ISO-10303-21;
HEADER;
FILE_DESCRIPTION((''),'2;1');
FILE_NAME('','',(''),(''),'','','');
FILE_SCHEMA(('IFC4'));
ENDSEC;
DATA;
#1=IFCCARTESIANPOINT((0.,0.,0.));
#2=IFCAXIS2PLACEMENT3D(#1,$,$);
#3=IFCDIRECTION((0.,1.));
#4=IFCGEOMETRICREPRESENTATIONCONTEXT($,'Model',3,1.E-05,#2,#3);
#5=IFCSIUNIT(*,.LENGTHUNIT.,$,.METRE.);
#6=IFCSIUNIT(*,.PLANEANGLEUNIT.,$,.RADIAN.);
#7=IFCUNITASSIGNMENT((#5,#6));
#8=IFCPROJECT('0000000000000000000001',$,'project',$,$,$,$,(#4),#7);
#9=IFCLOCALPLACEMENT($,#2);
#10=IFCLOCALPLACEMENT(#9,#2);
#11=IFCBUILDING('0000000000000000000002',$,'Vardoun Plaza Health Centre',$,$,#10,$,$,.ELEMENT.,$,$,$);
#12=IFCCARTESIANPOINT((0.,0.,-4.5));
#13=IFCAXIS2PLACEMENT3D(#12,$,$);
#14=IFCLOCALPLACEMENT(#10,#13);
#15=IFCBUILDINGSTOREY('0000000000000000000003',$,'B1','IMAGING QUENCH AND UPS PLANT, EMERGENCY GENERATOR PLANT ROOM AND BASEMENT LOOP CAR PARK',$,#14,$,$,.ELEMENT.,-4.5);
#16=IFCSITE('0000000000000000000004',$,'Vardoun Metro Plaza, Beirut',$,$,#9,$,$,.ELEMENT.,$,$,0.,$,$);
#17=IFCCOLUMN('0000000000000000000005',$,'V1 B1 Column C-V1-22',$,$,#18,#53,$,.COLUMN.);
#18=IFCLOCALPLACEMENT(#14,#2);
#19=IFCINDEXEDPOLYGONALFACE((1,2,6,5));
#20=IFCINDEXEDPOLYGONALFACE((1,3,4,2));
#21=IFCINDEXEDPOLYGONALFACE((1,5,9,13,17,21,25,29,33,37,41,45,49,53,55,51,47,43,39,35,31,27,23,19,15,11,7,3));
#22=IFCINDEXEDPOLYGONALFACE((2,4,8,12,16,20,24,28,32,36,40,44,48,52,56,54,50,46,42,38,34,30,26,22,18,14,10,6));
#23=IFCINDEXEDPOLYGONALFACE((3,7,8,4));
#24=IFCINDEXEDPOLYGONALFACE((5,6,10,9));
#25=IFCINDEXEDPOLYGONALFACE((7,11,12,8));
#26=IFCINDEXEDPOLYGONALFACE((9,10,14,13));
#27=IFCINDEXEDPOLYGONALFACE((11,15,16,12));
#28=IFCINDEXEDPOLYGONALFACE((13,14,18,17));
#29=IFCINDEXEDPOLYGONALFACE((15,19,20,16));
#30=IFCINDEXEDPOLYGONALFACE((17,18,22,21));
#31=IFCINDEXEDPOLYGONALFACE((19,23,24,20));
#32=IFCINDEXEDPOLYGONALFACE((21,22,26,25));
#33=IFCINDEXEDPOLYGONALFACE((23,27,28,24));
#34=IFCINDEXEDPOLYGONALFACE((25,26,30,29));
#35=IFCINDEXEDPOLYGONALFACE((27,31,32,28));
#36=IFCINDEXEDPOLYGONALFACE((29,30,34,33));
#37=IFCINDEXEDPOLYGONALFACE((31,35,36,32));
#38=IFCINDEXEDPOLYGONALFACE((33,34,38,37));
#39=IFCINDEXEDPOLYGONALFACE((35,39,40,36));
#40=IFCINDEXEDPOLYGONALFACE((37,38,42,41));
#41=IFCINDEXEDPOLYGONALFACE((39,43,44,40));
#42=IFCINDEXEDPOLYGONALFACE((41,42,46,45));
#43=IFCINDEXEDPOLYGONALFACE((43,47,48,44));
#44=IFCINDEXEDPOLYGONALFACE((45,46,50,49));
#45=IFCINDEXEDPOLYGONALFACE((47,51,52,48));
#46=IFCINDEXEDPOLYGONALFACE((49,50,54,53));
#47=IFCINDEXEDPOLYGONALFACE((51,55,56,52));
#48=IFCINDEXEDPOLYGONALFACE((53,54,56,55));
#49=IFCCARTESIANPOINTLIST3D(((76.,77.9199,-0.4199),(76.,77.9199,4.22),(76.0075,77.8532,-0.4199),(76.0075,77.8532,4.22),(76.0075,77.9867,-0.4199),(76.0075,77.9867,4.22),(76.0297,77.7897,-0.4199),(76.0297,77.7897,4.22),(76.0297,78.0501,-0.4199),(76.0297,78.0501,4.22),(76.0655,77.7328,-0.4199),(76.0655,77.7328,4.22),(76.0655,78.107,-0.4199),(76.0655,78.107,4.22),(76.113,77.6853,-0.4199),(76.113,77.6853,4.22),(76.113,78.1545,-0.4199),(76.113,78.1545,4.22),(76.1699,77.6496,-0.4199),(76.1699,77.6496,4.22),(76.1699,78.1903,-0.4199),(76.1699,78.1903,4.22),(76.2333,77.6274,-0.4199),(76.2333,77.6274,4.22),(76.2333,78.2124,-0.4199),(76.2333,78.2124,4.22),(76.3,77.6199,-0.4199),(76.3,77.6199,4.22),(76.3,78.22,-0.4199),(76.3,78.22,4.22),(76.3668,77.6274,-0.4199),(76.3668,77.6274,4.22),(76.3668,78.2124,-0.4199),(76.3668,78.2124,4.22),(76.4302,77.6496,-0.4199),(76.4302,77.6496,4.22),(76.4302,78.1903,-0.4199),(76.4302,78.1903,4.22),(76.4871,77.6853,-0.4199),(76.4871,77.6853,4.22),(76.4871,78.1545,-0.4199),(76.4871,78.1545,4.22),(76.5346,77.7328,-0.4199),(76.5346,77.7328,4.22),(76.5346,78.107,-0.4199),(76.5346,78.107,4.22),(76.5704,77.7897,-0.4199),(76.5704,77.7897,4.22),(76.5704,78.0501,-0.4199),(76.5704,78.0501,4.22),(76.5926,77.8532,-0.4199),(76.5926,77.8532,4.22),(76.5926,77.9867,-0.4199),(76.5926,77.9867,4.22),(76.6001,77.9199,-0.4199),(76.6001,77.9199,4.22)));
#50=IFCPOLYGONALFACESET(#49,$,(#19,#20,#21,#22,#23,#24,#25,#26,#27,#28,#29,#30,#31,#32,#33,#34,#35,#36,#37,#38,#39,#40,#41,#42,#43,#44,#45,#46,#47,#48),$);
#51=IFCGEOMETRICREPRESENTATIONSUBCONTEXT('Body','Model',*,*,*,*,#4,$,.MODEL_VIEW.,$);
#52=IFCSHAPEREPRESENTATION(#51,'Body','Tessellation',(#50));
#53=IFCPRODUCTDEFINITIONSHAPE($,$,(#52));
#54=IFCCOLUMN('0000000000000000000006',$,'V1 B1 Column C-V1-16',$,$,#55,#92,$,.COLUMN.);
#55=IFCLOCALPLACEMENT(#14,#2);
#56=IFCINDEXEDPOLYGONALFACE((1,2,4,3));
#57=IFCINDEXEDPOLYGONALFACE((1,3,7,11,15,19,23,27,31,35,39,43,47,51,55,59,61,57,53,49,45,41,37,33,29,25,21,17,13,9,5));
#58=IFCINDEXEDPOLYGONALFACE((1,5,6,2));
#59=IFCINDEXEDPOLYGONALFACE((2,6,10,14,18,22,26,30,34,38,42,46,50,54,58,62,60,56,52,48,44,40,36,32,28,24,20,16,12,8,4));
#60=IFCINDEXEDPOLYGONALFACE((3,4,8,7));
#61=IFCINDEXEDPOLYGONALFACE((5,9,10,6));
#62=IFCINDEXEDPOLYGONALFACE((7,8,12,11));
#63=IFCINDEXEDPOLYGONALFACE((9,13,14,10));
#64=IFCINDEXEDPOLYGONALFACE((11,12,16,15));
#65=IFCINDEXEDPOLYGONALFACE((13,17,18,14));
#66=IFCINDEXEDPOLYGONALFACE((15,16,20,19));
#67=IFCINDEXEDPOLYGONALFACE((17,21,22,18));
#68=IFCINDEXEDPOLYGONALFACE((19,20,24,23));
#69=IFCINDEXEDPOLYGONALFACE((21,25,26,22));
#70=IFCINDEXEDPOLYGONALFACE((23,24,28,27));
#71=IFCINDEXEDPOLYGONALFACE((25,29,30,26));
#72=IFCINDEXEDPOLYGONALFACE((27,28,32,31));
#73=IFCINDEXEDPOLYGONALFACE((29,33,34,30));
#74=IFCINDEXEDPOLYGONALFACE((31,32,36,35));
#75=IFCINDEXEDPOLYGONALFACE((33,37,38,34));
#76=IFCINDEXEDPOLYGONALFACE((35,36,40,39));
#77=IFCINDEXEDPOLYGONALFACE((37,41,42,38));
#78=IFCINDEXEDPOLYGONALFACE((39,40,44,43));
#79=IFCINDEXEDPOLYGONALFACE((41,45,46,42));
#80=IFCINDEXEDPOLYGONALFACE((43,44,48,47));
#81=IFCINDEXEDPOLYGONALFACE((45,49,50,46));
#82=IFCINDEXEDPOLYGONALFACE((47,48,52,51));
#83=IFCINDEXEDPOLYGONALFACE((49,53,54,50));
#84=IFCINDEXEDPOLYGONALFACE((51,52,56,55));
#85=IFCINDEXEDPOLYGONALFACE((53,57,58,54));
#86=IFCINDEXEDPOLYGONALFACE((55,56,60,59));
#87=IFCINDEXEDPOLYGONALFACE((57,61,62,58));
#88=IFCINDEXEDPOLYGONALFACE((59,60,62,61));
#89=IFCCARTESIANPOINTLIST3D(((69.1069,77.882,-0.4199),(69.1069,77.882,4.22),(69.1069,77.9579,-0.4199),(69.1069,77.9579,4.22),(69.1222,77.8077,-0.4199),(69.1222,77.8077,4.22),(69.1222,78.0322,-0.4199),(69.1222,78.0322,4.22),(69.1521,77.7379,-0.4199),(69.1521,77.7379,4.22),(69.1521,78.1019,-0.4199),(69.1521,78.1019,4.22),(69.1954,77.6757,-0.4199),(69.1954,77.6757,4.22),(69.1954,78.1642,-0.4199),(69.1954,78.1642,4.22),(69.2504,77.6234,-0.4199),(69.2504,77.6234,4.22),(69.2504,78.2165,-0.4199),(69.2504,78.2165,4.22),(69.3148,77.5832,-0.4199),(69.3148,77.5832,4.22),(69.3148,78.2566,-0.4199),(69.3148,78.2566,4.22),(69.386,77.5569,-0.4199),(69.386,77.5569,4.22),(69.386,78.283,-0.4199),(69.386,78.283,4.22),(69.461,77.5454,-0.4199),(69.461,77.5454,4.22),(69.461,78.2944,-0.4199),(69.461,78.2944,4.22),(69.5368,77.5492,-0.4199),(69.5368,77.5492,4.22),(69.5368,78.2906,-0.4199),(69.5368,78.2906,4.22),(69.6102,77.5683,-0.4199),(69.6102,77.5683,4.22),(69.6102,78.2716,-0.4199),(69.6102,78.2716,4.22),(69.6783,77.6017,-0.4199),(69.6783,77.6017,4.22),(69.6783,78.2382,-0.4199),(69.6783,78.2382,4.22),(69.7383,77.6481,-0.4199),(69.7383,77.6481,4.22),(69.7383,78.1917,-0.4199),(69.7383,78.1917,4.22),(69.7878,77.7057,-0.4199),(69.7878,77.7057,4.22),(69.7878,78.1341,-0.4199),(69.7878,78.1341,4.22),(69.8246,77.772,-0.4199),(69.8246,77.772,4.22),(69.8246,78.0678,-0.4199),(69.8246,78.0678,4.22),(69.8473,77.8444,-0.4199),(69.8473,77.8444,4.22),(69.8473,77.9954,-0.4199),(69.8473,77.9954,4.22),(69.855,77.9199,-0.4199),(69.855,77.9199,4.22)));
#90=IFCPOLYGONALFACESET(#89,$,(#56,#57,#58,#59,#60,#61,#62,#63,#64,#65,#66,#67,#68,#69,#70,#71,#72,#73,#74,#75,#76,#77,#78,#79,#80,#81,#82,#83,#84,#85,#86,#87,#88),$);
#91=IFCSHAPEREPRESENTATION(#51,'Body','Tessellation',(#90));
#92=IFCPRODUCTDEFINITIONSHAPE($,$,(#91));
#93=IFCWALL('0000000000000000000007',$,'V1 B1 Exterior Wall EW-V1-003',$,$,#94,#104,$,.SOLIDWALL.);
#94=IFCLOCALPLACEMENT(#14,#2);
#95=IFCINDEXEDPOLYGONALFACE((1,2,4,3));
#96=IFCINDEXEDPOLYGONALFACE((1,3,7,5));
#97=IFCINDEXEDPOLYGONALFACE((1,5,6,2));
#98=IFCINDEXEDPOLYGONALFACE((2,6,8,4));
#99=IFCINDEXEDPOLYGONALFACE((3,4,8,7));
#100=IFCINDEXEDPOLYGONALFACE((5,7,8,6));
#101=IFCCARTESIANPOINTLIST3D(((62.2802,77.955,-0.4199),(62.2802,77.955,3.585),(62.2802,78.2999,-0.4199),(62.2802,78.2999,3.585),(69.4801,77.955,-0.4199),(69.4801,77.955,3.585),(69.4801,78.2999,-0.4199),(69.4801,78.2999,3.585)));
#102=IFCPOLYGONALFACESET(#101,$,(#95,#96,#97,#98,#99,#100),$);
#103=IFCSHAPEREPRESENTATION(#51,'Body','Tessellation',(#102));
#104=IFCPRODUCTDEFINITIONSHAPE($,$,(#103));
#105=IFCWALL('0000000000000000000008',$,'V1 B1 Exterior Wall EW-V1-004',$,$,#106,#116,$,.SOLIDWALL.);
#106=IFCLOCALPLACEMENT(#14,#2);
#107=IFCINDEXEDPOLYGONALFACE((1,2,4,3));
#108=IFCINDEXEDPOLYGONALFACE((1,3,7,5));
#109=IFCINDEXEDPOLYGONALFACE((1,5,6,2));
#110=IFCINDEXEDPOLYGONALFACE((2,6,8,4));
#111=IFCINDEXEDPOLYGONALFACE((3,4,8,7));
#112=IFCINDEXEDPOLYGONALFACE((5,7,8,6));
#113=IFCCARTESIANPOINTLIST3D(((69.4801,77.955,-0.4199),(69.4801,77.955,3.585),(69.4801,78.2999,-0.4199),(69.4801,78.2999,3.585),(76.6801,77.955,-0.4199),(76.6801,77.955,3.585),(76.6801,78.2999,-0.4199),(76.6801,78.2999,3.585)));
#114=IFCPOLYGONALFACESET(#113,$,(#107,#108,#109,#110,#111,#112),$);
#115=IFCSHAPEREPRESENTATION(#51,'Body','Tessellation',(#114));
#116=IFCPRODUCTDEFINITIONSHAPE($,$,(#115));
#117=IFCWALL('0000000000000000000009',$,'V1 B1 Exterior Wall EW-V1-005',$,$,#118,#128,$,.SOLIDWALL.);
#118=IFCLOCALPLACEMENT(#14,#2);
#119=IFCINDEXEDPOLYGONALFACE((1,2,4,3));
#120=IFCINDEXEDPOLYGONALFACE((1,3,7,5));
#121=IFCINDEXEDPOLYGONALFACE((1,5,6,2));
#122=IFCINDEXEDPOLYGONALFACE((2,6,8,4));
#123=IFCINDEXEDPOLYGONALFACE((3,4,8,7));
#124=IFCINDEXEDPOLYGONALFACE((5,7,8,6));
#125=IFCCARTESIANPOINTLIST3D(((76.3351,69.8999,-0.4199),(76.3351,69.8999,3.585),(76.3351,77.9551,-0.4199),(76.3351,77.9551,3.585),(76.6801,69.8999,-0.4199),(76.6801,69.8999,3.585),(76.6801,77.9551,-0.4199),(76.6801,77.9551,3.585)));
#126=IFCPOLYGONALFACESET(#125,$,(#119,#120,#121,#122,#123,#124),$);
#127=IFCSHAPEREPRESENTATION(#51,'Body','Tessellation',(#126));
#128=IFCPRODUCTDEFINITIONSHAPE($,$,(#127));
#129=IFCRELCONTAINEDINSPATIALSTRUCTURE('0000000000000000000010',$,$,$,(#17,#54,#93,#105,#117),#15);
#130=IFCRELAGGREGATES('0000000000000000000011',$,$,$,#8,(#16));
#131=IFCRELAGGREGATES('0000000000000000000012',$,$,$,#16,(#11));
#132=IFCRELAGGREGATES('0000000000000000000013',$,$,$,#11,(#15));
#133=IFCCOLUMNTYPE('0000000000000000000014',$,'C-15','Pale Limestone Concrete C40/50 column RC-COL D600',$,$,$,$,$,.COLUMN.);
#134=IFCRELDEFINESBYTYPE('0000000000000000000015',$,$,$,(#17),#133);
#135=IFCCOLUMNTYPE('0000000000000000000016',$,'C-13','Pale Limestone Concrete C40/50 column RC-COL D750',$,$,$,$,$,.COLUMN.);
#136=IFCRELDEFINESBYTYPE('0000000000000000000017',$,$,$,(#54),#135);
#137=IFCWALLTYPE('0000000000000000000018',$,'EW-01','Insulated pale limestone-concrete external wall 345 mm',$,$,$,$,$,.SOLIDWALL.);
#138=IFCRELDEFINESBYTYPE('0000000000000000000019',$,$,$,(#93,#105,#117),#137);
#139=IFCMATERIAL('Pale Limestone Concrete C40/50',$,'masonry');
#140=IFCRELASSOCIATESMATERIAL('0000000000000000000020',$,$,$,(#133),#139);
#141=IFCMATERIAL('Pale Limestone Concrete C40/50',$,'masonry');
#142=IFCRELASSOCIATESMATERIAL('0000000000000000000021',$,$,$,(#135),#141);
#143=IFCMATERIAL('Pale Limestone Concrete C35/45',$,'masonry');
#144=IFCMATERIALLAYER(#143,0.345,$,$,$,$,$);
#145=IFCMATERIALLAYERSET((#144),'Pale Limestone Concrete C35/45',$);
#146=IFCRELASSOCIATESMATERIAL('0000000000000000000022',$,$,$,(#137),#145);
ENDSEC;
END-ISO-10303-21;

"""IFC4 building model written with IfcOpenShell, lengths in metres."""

from ifc_helpers import new_model, si_unit, direction, frame, frame_2d, origin, origin_2d, place, context, subcontext, project, spatial, rectangle, circle, extrude, material, layer, layer_set, material_profile, profile_set, type_object, element, save


model = new_model("IFC4")

# Units and contexts
model_context = context("Model", 3, precision=1e-05, world=origin(), true_north=direction((0.0, 1.0)))
body_context = subcontext(model_context, "Body", "Model", "MODEL_VIEW")
ifc_project = project(units=[si_unit("LENGTHUNIT", "METRE"), si_unit("PLANEANGLEUNIT", "RADIAN")], contexts=[model_context])

# Site, building, storey
site_placement = place(None, origin())
site = spatial("IfcSite", under=ifc_project, at=site_placement, Name="Vardoun Metro Plaza, Beirut", CompositionType="ELEMENT", RefElevation=0.0)
building_placement = place(site_placement, origin())
building = spatial("IfcBuilding", under=site, at=building_placement, Name="Vardoun Plaza Health Centre", CompositionType="ELEMENT")
storey_placement = place(building_placement, frame((0.0, 0.0, -4.5)))
storey = spatial("IfcBuildingStorey", under=building, at=storey_placement, Name="B1", Description="IMAGING QUENCH AND UPS PLANT, EMERGENCY GENERATOR PLANT ROOM AND BASEMENT LOOP CAR PARK", CompositionType="ELEMENT", Elevation=-4.5)

# Columns
ifc_material_1 = material(Name="Pale Limestone Concrete C40/50", Category="masonry")
ifc_material_profile_1 = material_profile(ifc_material_1, circle(Radius=0.3, at=origin_2d()), Name="RC-COL D600")
ifc_profile_set_1 = profile_set([ifc_material_profile_1], Name="Pale Limestone Concrete C40/50")
column_type_1 = type_object("IfcColumnType", Name="C-15", Description="Pale Limestone Concrete C40/50 column RC-COL D600", PredefinedType="COLUMN", material=ifc_profile_set_1)
for number, where, z_axis, x_axis, name in (
    (1, (76.3, 77.9199, -0.4199), (0.0, 0.0, 1.0), (1.0, 0.0, 0.0), "V1 B1 Column C-V1-22"),
):
    element("IfcColumn", number, at=place(storey_placement, frame(where, z_axis=z_axis, x_axis=x_axis)), inside=storey, type_object=column_type_1, Name=name, PredefinedType="COLUMN", context=body_context, shape_type="SweptSolid", body=[
        extrude(circle(Radius=0.3, at=origin_2d()), origin(), (0.0, 0.0, 1.0), 4.6399),
    ])
ifc_material_2 = material(Name="Pale Limestone Concrete C40/50", Category="masonry")
ifc_material_profile_2 = material_profile(ifc_material_2, circle(Radius=0.375, at=origin_2d()), Name="RC-COL D750")
ifc_profile_set_2 = profile_set([ifc_material_profile_2], Name="Pale Limestone Concrete C40/50")
column_type_2 = type_object("IfcColumnType", Name="C-13", Description="Pale Limestone Concrete C40/50 column RC-COL D750", PredefinedType="COLUMN", material=ifc_profile_set_2)
column_placement = place(storey_placement, frame((69.48, 77.9199, -0.4199), z_axis=(0.0, 0.0, 1.0), x_axis=(1.0, 0.0, 0.0)))
element("IfcColumn", 2, at=column_placement, inside=storey, type_object=column_type_2, Name="V1 B1 Column C-V1-16", PredefinedType="COLUMN", context=body_context, shape_type="SweptSolid", body=[
    extrude(circle(Radius=0.375, at=origin_2d()), origin(), (0.0, 0.0, 1.0), 4.6399),
])

# Walls
ifc_material_3 = material(Name="Pale Limestone Concrete C35/45", Category="masonry")
ifc_layer = layer(ifc_material_3, 0.345)
ifc_layer_set = layer_set([ifc_layer], Name="Pale Limestone Concrete C35/45")
wall_type = type_object("IfcWallType", Name="EW-01", Description="Insulated pale limestone-concrete external wall 345 mm", PredefinedType="SOLIDWALL", material=ifc_layer_set)
for number, where, z_axis, x_axis, name in (
    (3, (62.28, 78.1274, -0.4199), (0.0, 0.0, 1.0), (1.0, 0.0, 0.0), "V1 B1 Exterior Wall EW-V1-003"),
    (4, (69.48, 78.1274, -0.4199), (0.0, 0.0, 1.0), (1.0, 0.0, 0.0), "V1 B1 Exterior Wall EW-V1-004"),
):
    element("IfcWall", number, at=place(storey_placement, frame(where, z_axis=z_axis, x_axis=x_axis)), inside=storey, type_object=wall_type, Name=name, PredefinedType="SOLIDWALL", context=body_context, shape_type="SweptSolid", body=[
        extrude(rectangle(XDim=7.2, YDim=0.345, at=frame_2d((3.6001, 0.0))), origin(), (0.0, 0.0, 1.0), 4.0049),
    ])
wall_placement = place(storey_placement, frame((76.5076, 77.9551, -0.4199), z_axis=(0.0, 0.0, 1.0), x_axis=(0.0, -1.0, 0.0)))
element("IfcWall", 5, at=wall_placement, inside=storey, type_object=wall_type, Name="V1 B1 Exterior Wall EW-V1-005", PredefinedType="SOLIDWALL", context=body_context, shape_type="SweptSolid", body=[
    extrude(rectangle(XDim=8.0552, YDim=0.345, at=frame_2d((4.0276, 0.0))), origin(), (0.0, 0.0, 1.0), 4.0049),
])

save(model, "model.ifc")
